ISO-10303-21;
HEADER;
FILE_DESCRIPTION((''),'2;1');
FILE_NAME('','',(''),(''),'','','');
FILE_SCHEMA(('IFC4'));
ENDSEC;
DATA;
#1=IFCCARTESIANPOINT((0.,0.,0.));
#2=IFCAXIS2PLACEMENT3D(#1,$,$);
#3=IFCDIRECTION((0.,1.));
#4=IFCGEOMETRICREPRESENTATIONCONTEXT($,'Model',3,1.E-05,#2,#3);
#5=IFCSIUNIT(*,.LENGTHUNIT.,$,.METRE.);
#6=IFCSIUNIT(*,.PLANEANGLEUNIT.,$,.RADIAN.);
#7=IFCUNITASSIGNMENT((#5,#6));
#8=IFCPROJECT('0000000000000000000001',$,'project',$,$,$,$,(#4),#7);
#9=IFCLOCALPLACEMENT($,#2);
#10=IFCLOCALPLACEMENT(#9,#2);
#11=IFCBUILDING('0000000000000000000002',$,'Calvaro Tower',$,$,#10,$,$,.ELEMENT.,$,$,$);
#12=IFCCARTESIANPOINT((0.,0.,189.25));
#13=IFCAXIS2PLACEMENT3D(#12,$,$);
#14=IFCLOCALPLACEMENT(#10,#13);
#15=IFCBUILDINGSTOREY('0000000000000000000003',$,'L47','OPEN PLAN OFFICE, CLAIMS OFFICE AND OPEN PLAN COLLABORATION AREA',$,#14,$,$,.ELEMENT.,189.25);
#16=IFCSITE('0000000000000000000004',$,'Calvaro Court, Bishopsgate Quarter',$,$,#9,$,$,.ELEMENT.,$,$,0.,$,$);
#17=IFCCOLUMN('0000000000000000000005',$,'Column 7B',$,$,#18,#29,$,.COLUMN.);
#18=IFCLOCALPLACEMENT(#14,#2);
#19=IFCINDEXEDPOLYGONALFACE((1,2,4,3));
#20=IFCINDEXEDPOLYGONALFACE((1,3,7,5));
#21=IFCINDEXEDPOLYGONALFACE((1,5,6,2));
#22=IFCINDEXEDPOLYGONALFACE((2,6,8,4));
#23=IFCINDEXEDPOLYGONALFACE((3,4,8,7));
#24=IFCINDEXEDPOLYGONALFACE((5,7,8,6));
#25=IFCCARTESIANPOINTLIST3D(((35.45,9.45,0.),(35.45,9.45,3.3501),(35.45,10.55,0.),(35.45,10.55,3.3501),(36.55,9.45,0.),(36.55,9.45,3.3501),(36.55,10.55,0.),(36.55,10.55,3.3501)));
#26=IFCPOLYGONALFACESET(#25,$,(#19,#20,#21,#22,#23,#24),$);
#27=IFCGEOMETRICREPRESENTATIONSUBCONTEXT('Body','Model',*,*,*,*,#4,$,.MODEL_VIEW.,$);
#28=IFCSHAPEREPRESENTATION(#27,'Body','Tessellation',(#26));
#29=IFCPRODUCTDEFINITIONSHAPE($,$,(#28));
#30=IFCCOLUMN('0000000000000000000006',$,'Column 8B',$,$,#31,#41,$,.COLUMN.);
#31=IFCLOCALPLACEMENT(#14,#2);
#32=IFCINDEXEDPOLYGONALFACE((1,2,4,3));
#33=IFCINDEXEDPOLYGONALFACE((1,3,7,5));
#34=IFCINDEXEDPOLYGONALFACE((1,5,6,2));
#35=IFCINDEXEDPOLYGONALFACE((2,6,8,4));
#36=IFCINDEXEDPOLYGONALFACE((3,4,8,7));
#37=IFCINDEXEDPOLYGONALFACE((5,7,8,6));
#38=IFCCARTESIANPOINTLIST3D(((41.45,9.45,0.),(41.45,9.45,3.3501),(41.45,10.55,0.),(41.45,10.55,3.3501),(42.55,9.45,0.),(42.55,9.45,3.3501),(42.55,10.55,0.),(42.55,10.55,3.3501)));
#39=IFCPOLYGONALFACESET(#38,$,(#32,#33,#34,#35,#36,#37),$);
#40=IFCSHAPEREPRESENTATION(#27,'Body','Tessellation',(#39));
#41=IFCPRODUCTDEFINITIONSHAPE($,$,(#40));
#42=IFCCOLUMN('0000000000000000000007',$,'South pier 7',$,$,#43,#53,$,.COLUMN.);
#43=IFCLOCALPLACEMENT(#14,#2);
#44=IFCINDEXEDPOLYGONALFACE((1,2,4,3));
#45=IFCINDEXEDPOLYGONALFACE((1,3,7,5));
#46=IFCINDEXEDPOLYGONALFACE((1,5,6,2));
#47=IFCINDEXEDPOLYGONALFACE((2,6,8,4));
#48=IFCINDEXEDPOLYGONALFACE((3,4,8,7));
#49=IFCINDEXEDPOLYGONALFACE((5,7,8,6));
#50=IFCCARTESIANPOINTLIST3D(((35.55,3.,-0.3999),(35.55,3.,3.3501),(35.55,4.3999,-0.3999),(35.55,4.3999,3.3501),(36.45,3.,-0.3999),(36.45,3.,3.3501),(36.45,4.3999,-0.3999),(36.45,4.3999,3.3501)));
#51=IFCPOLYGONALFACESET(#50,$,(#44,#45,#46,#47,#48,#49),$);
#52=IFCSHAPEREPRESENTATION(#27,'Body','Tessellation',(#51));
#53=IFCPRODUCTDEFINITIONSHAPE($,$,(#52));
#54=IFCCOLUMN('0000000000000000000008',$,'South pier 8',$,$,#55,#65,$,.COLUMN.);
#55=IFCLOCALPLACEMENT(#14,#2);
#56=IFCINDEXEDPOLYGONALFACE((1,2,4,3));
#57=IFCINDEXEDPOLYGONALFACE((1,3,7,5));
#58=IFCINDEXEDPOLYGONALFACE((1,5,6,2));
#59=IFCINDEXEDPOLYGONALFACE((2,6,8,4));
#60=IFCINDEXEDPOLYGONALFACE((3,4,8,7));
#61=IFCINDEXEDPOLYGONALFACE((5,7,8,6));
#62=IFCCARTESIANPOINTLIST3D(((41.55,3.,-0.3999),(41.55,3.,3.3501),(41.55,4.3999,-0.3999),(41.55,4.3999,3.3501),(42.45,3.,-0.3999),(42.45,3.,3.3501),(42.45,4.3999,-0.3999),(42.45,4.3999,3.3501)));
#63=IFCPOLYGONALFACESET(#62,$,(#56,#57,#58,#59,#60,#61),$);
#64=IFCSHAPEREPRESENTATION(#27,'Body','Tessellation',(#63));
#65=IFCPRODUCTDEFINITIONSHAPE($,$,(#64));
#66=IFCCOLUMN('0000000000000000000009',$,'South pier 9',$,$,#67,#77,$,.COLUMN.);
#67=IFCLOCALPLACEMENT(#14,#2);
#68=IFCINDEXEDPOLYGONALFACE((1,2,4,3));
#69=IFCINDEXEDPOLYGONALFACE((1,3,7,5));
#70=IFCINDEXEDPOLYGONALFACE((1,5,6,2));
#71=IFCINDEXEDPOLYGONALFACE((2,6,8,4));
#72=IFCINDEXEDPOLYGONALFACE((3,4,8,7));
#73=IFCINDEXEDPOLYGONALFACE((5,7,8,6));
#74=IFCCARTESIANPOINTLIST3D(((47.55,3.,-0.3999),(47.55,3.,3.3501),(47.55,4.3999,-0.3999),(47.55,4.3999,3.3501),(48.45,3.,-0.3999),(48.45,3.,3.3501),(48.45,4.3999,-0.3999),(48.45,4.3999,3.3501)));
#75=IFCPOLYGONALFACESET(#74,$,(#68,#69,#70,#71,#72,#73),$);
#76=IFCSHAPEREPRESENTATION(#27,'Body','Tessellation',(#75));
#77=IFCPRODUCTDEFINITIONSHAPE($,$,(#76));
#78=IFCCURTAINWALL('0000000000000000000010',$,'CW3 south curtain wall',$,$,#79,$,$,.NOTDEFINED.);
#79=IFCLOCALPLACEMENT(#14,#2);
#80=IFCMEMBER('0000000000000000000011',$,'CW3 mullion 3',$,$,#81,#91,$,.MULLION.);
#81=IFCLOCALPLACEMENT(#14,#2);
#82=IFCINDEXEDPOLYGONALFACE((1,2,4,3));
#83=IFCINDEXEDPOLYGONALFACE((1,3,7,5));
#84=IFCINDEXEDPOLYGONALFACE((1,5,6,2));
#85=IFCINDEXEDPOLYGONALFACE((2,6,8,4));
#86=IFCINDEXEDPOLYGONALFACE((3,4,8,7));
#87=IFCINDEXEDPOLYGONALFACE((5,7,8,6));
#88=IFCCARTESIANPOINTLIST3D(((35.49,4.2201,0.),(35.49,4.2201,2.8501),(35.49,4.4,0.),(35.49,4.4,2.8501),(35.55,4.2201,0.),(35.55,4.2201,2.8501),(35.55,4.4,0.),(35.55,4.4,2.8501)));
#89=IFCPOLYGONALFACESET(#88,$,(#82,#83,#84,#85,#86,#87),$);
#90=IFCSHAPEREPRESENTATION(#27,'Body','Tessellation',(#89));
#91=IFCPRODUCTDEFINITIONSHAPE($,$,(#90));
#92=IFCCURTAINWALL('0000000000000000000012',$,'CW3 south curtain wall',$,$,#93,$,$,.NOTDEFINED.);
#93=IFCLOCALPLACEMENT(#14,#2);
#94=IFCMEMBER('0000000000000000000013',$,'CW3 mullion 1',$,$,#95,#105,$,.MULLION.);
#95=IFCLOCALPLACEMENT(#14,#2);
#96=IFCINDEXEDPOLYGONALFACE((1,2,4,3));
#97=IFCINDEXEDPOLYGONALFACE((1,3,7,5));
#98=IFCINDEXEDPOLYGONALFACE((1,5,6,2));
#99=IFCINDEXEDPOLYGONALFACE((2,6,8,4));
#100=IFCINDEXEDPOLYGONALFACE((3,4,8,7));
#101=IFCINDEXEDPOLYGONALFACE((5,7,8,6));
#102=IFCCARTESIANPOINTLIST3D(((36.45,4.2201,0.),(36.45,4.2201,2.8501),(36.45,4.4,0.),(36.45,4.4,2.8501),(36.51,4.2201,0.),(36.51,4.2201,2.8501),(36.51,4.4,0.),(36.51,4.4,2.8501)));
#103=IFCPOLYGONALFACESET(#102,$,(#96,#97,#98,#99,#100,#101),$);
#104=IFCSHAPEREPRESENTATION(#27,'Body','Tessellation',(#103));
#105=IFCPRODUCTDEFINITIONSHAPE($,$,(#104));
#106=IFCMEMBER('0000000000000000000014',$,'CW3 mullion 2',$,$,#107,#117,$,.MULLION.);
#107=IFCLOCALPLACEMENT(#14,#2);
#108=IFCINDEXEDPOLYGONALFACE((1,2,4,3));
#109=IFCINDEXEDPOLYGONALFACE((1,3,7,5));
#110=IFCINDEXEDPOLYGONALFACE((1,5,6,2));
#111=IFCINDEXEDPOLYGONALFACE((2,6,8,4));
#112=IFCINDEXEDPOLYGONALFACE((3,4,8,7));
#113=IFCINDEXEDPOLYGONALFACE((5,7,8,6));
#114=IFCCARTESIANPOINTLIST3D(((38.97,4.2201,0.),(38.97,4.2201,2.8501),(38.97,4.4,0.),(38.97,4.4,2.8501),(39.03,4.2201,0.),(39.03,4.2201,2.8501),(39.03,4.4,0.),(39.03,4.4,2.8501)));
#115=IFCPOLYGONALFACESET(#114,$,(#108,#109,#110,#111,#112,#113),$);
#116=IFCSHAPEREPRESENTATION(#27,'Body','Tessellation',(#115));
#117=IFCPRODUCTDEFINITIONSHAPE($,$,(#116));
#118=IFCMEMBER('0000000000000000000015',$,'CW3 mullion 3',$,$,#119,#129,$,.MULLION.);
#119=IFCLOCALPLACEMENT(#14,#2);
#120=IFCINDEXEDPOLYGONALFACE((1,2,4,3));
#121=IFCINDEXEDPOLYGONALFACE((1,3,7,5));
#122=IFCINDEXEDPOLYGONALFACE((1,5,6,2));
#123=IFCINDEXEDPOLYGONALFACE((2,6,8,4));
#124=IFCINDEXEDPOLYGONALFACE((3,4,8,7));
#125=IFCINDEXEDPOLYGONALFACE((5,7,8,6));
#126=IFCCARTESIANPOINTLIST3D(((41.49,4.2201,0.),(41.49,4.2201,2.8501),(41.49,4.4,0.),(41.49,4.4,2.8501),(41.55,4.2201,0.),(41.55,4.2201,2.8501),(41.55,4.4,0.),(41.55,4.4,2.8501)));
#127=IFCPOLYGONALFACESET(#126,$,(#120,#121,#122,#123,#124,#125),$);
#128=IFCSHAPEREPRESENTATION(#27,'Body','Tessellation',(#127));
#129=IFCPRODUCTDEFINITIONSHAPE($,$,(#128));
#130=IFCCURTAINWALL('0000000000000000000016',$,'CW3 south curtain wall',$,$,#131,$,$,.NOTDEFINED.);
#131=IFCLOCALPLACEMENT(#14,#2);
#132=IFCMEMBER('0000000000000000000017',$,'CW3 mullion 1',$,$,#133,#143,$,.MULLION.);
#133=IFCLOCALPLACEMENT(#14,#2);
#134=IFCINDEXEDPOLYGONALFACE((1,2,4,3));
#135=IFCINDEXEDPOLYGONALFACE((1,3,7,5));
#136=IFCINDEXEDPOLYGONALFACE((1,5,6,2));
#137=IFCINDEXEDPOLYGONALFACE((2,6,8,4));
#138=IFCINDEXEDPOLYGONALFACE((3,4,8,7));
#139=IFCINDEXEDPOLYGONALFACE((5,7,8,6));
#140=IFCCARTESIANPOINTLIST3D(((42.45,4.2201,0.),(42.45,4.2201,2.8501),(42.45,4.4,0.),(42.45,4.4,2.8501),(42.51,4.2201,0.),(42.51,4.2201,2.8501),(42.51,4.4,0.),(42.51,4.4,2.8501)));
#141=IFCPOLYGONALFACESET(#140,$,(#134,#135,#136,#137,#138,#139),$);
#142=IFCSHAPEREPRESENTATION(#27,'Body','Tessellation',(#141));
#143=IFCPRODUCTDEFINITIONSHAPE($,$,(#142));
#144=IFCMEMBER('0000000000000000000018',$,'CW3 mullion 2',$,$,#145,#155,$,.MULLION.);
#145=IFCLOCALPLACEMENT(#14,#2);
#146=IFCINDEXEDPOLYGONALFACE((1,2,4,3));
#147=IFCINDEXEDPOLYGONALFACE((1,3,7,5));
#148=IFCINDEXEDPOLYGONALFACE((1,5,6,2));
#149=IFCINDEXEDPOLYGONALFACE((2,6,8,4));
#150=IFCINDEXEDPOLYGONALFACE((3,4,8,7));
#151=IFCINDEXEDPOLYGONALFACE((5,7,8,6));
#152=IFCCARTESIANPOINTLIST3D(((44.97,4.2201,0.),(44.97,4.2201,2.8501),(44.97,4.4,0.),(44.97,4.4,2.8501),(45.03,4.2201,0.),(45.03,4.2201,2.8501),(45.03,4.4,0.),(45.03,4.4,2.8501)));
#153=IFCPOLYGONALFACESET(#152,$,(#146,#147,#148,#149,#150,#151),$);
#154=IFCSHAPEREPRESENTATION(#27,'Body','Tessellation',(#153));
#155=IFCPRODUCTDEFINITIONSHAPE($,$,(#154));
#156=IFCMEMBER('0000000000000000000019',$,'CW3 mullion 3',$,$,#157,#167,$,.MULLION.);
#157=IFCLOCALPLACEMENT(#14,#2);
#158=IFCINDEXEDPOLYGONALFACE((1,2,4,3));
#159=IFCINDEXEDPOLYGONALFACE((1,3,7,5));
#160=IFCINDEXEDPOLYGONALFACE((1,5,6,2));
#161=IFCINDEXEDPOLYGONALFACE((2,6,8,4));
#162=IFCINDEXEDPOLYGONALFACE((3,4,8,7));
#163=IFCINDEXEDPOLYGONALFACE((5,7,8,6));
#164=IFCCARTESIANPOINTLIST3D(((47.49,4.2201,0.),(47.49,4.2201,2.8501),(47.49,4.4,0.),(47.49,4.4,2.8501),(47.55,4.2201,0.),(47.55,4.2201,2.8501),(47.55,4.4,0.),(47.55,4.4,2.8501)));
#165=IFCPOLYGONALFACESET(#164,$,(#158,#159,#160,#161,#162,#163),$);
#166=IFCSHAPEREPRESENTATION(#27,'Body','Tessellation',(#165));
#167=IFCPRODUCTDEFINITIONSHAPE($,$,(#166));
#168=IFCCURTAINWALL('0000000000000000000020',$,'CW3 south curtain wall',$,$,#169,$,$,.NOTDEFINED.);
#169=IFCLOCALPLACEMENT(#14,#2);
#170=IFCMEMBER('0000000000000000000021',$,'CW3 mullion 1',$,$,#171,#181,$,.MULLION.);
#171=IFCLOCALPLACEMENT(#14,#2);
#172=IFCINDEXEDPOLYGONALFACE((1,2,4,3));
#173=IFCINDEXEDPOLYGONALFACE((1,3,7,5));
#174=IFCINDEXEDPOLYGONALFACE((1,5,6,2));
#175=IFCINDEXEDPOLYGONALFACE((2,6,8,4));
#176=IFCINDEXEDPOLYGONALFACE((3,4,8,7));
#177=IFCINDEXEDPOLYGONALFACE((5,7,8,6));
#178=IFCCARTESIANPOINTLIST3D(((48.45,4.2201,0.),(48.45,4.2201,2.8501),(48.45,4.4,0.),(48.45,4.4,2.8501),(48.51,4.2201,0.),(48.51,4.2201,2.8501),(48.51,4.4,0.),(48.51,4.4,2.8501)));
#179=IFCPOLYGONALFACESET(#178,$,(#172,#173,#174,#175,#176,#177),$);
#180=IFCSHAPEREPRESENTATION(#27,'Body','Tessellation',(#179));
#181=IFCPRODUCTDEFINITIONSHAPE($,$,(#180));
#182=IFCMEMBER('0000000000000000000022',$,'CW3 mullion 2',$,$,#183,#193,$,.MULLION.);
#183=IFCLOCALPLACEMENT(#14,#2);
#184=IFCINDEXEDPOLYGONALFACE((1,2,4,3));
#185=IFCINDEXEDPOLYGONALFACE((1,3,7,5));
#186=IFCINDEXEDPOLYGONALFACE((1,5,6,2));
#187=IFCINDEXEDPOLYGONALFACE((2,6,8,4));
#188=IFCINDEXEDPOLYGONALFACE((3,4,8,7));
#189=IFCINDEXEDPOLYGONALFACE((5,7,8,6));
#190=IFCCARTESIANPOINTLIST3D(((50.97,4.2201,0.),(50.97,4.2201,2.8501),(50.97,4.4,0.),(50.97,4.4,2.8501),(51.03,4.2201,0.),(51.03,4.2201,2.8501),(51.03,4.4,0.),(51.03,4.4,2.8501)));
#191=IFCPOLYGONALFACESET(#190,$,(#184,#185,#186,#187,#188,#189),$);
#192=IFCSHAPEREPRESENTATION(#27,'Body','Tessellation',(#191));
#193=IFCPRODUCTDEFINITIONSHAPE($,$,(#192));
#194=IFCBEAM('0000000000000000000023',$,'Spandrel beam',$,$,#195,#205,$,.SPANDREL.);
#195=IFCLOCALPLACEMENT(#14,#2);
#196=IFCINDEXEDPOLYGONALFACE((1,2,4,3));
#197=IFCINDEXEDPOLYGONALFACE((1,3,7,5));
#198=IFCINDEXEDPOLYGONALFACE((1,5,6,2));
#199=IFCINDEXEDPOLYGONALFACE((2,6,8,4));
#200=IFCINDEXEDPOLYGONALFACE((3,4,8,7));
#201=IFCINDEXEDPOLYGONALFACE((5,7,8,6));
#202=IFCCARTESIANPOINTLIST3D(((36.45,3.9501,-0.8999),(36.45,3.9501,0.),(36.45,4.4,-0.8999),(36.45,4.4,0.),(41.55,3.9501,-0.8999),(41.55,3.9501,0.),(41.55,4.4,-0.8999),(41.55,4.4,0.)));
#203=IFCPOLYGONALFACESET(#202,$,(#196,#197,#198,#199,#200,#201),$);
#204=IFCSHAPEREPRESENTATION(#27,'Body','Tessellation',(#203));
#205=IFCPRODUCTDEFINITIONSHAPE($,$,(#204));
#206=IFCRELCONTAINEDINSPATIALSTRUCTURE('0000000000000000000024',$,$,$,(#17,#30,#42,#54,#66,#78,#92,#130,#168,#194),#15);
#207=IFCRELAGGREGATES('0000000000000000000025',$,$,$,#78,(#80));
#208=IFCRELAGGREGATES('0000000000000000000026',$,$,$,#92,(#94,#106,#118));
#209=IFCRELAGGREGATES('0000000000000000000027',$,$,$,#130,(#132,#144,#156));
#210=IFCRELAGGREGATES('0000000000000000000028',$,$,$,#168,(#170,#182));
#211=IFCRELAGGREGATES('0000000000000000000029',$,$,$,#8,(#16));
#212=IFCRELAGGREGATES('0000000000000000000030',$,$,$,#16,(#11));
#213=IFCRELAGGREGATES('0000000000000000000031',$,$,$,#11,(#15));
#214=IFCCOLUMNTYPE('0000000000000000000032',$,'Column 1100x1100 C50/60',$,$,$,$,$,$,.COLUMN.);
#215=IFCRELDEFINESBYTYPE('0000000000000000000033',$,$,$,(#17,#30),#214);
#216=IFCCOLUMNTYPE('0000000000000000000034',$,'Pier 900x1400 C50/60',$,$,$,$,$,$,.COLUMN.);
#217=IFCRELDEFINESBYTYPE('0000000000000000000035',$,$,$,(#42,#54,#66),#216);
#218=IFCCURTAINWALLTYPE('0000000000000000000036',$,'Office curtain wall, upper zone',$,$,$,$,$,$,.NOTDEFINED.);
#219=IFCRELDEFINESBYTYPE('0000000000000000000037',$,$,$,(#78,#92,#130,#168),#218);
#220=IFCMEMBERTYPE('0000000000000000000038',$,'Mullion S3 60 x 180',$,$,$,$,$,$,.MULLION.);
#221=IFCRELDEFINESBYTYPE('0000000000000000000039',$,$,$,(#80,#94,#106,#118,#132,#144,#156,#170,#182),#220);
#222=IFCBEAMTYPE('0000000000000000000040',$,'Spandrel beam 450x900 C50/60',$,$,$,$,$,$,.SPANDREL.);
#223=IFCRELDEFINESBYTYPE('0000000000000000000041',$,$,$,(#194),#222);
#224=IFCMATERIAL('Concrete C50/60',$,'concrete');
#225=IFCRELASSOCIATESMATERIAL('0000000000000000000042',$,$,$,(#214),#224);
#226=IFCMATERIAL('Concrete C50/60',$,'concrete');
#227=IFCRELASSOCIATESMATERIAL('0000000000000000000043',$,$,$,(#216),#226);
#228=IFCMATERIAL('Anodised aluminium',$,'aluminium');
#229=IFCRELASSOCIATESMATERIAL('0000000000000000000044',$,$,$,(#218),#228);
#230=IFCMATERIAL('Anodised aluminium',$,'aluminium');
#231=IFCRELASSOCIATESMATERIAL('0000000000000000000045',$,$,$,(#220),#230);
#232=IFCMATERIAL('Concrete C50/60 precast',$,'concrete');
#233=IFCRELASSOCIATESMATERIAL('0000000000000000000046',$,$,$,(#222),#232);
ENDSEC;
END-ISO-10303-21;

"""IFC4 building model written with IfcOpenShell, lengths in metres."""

from ifc_helpers import new_model, si_unit, direction, frame, origin, origin_2d, place, context, subcontext, project, spatial, rectangle, extrude, material, material_profile, profile_set, type_object, element, aggregate, save


model = new_model("IFC4")

# Units and contexts
model_context = context("Model", 3, precision=1e-05, world=origin(), true_north=direction((0.0, 1.0)))
body_context = subcontext(model_context, "Body", "Model", "MODEL_VIEW")
ifc_project = project(units=[si_unit("LENGTHUNIT", "METRE"), si_unit("PLANEANGLEUNIT", "RADIAN")], contexts=[model_context])

# Site, building, storey
site_placement = place(None, origin())
site = spatial("IfcSite", under=ifc_project, at=site_placement, Name="Calvaro Court, Bishopsgate Quarter", CompositionType="ELEMENT", RefElevation=0.0)
building_placement = place(site_placement, origin())
building = spatial("IfcBuilding", under=site, at=building_placement, Name="Calvaro Tower", CompositionType="ELEMENT")
storey_placement = place(building_placement, frame((0.0, 0.0, 189.25)))
storey = spatial("IfcBuildingStorey", under=building, at=storey_placement, Name="L47", Description="OPEN PLAN OFFICE, CLAIMS OFFICE AND OPEN PLAN COLLABORATION AREA", CompositionType="ELEMENT", Elevation=189.25)

# Columns
ifc_material_1 = material(Name="Concrete C50/60", Category="concrete")
ifc_material_profile_1 = material_profile(ifc_material_1, rectangle(XDim=1.1001, YDim=1.1001, at=origin_2d()), Name="RC 1100x1100")
ifc_profile_set_1 = profile_set([ifc_material_profile_1], Name="Concrete C50/60")
column_type_1 = type_object("IfcColumnType", Name="Column 1100x1100 C50/60", PredefinedType="COLUMN", material=ifc_profile_set_1)
for number, where, z_axis, x_axis, name in (
    (1, (36.0, 10.0, 0.0), (0.0, 0.0, 1.0), (1.0, 0.0, 0.0), "Column 7B"),
    (2, (42.0, 10.0, 0.0), (0.0, 0.0, 1.0), (1.0, 0.0, 0.0), "Column 8B"),
):
    element("IfcColumn", number, at=place(storey_placement, frame(where, z_axis=z_axis, x_axis=x_axis)), inside=storey, type_object=column_type_1, Name=name, PredefinedType="COLUMN", context=body_context, shape_type="SweptSolid", body=[
        extrude(rectangle(XDim=1.1001, YDim=1.1001, at=origin_2d()), origin(), (0.0, 0.0, 1.0), 3.3501),
    ])
ifc_material_2 = material(Name="Concrete C50/60", Category="concrete")
ifc_material_profile_2 = material_profile(ifc_material_2, rectangle(XDim=0.8999, YDim=1.3999, at=origin_2d()), Name="RC 900x1400")
ifc_profile_set_2 = profile_set([ifc_material_profile_2], Name="Concrete C50/60")
column_type_2 = type_object("IfcColumnType", Name="Pier 900x1400 C50/60", PredefinedType="COLUMN", material=ifc_profile_set_2)
for number, where, z_axis, x_axis, name in (
    (3, (36.0, 3.7, -0.3999), (0.0, 0.0, 1.0), (1.0, 0.0, 0.0), "South pier 7"),
    (4, (42.0, 3.7, -0.3999), (0.0, 0.0, 1.0), (1.0, 0.0, 0.0), "South pier 8"),
    (5, (48.0, 3.7, -0.3999), (0.0, 0.0, 1.0), (1.0, 0.0, 0.0), "South pier 9"),
):
    element("IfcColumn", number, at=place(storey_placement, frame(where, z_axis=z_axis, x_axis=x_axis)), inside=storey, type_object=column_type_2, Name=name, PredefinedType="COLUMN", context=body_context, shape_type="SweptSolid", body=[
        extrude(rectangle(XDim=0.8999, YDim=1.3999, at=origin_2d()), origin(), (0.0, 0.0, 1.0), 3.75),
    ])

# Curtain wall, member
ifc_material_3 = material(Name="Anodised aluminium", Category="aluminium")
curtain_wall_type = type_object("IfcCurtainWallType", Name="Office curtain wall, upper zone", PredefinedType="NOTDEFINED", material=ifc_material_3)
curtain_wall_1_placement = place(storey_placement, origin())
curtain_wall_1 = element("IfcCurtainWall", 6, at=curtain_wall_1_placement, inside=storey, type_object=curtain_wall_type, Name="CW3 south curtain wall", PredefinedType="NOTDEFINED")
ifc_material_4 = material(Name="Anodised aluminium", Category="aluminium")
ifc_material_profile_3 = material_profile(ifc_material_4, rectangle(XDim=0.1799, YDim=0.0601, at=origin_2d()), Name="Mullion S3 60 x 180")
ifc_profile_set_3 = profile_set([ifc_material_profile_3], Name="Anodised aluminium")
member_type_1 = type_object("IfcMemberType", Name="Mullion S3 60 x 180", PredefinedType="MULLION", material=ifc_profile_set_3)
member_1_placement = place(storey_placement, frame((35.52, 4.3101, 0.0), z_axis=(0.0, 0.0, 1.0), x_axis=(0.0, 1.0, 0.0)))
member_1 = element("IfcMember", 7, at=member_1_placement, type_object=member_type_1, Name="CW3 mullion 3", PredefinedType="MULLION", context=body_context, shape_type="SweptSolid", body=[
    extrude(rectangle(XDim=0.1799, YDim=0.0601, at=origin_2d()), origin(), (0.0, 0.0, 1.0), 2.8501),
])
aggregate(curtain_wall_1, [member_1])

# Curtain walls, members
curtain_wall_2_placement = place(storey_placement, origin())
curtain_wall_2 = element("IfcCurtainWall", 8, at=curtain_wall_2_placement, inside=storey, type_object=curtain_wall_type, Name="CW3 south curtain wall", PredefinedType="NOTDEFINED")
member_2_placement = place(storey_placement, frame((36.48, 4.3101, 0.0), z_axis=(0.0, 0.0, 1.0), x_axis=(0.0, 1.0, 0.0)))
member_2 = element("IfcMember", 9, at=member_2_placement, type_object=member_type_1, Name="CW3 mullion 1", PredefinedType="MULLION", context=body_context, shape_type="SweptSolid", body=[
    extrude(rectangle(XDim=0.1799, YDim=0.0601, at=origin_2d()), origin(), (0.0, 0.0, 1.0), 2.8501),
])
member_3_placement = place(storey_placement, frame((39.0, 4.3101, 0.0), z_axis=(0.0, 0.0, 1.0), x_axis=(0.0, 1.0, 0.0)))
member_3 = element("IfcMember", 10, at=member_3_placement, type_object=member_type_1, Name="CW3 mullion 2", PredefinedType="MULLION", context=body_context, shape_type="SweptSolid", body=[
    extrude(rectangle(XDim=0.1799, YDim=0.0601, at=origin_2d()), origin(), (0.0, 0.0, 1.0), 2.8501),
])
member_4_placement = place(storey_placement, frame((41.52, 4.3101, 0.0), z_axis=(0.0, 0.0, 1.0), x_axis=(0.0, 1.0, 0.0)))
member_4 = element("IfcMember", 11, at=member_4_placement, type_object=member_type_1, Name="CW3 mullion 3", PredefinedType="MULLION", context=body_context, shape_type="SweptSolid", body=[
    extrude(rectangle(XDim=0.1799, YDim=0.0601, at=origin_2d()), origin(), (0.0, 0.0, 1.0), 2.8501),
])
curtain_wall_3_placement = place(storey_placement, origin())
curtain_wall_3 = element("IfcCurtainWall", 12, at=curtain_wall_3_placement, inside=storey, type_object=curtain_wall_type, Name="CW3 south curtain wall", PredefinedType="NOTDEFINED")
member_5_placement = place(storey_placement, frame((42.48, 4.3101, 0.0), z_axis=(0.0, 0.0, 1.0), x_axis=(0.0, 1.0, 0.0)))
member_5 = element("IfcMember", 13, at=member_5_placement, type_object=member_type_1, Name="CW3 mullion 1", PredefinedType="MULLION", context=body_context, shape_type="SweptSolid", body=[
    extrude(rectangle(XDim=0.1799, YDim=0.0601, at=origin_2d()), origin(), (0.0, 0.0, 1.0), 2.8501),
])
member_6_placement = place(storey_placement, frame((45.0, 4.3101, 0.0), z_axis=(0.0, 0.0, 1.0), x_axis=(0.0, 1.0, 0.0)))
member_6 = element("IfcMember", 14, at=member_6_placement, type_object=member_type_1, Name="CW3 mullion 2", PredefinedType="MULLION", context=body_context, shape_type="SweptSolid", body=[
    extrude(rectangle(XDim=0.1799, YDim=0.0601, at=origin_2d()), origin(), (0.0, 0.0, 1.0), 2.8501),
])
member_7_placement = place(storey_placement, frame((47.52, 4.3101, 0.0), z_axis=(0.0, 0.0, 1.0), x_axis=(0.0, 1.0, 0.0)))
member_7 = element("IfcMember", 15, at=member_7_placement, type_object=member_type_1, Name="CW3 mullion 3", PredefinedType="MULLION", context=body_context, shape_type="SweptSolid", body=[
    extrude(rectangle(XDim=0.1799, YDim=0.0601, at=origin_2d()), origin(), (0.0, 0.0, 1.0), 2.8501),
])
curtain_wall_4_placement = place(storey_placement, origin())
curtain_wall_4 = element("IfcCurtainWall", 16, at=curtain_wall_4_placement, inside=storey, type_object=curtain_wall_type, Name="CW3 south curtain wall", PredefinedType="NOTDEFINED")
member_8_placement = place(storey_placement, frame((48.48, 4.3101, 0.0), z_axis=(0.0, 0.0, 1.0), x_axis=(0.0, 1.0, 0.0)))
member_8 = element("IfcMember", 17, at=member_8_placement, type_object=member_type_1, Name="CW3 mullion 1", PredefinedType="MULLION", context=body_context, shape_type="SweptSolid", body=[
    extrude(rectangle(XDim=0.1799, YDim=0.0601, at=origin_2d()), origin(), (0.0, 0.0, 1.0), 2.8501),
])
member_9_placement = place(storey_placement, frame((51.0, 4.3101, 0.0), z_axis=(0.0, 0.0, 1.0), x_axis=(0.0, 1.0, 0.0)))
member_9 = element("IfcMember", 18, at=member_9_placement, type_object=member_type_1, Name="CW3 mullion 2", PredefinedType="MULLION", context=body_context, shape_type="SweptSolid", body=[
    extrude(rectangle(XDim=0.1799, YDim=0.0601, at=origin_2d()), origin(), (0.0, 0.0, 1.0), 2.8501),
])

# Beam
ifc_material_5 = material(Name="Concrete C50/60 precast", Category="concrete")
ifc_material_profile_4 = material_profile(ifc_material_5, rectangle(XDim=0.45, YDim=0.8999, at=origin_2d()), Name="RC 450x900")
ifc_profile_set_4 = profile_set([ifc_material_profile_4], Name="Concrete C50/60 precast")
beam_type = type_object("IfcBeamType", Name="Spandrel beam 450x900 C50/60", PredefinedType="SPANDREL", material=ifc_profile_set_4)
for number, where, z_axis, x_axis, name in (
    (19, (36.45, 4.175, -0.45), (1.0, 0.0, 0.0), (0.0, 1.0, 0.0), "Spandrel beam"),
):
    element("IfcBeam", number, at=place(storey_placement, frame(where, z_axis=z_axis, x_axis=x_axis)), inside=storey, type_object=beam_type, Name=name, PredefinedType="SPANDREL", context=body_context, shape_type="SweptSolid", body=[
        extrude(rectangle(XDim=0.45, YDim=0.8999, at=origin_2d()), origin(), (0.0, 0.0, 1.0), 5.1001),
    ])

aggregate(curtain_wall_2, [member_2, member_3, member_4])
aggregate(curtain_wall_3, [member_5, member_6, member_7])
aggregate(curtain_wall_4, [member_8, member_9])

save(model, "model.ifc")
